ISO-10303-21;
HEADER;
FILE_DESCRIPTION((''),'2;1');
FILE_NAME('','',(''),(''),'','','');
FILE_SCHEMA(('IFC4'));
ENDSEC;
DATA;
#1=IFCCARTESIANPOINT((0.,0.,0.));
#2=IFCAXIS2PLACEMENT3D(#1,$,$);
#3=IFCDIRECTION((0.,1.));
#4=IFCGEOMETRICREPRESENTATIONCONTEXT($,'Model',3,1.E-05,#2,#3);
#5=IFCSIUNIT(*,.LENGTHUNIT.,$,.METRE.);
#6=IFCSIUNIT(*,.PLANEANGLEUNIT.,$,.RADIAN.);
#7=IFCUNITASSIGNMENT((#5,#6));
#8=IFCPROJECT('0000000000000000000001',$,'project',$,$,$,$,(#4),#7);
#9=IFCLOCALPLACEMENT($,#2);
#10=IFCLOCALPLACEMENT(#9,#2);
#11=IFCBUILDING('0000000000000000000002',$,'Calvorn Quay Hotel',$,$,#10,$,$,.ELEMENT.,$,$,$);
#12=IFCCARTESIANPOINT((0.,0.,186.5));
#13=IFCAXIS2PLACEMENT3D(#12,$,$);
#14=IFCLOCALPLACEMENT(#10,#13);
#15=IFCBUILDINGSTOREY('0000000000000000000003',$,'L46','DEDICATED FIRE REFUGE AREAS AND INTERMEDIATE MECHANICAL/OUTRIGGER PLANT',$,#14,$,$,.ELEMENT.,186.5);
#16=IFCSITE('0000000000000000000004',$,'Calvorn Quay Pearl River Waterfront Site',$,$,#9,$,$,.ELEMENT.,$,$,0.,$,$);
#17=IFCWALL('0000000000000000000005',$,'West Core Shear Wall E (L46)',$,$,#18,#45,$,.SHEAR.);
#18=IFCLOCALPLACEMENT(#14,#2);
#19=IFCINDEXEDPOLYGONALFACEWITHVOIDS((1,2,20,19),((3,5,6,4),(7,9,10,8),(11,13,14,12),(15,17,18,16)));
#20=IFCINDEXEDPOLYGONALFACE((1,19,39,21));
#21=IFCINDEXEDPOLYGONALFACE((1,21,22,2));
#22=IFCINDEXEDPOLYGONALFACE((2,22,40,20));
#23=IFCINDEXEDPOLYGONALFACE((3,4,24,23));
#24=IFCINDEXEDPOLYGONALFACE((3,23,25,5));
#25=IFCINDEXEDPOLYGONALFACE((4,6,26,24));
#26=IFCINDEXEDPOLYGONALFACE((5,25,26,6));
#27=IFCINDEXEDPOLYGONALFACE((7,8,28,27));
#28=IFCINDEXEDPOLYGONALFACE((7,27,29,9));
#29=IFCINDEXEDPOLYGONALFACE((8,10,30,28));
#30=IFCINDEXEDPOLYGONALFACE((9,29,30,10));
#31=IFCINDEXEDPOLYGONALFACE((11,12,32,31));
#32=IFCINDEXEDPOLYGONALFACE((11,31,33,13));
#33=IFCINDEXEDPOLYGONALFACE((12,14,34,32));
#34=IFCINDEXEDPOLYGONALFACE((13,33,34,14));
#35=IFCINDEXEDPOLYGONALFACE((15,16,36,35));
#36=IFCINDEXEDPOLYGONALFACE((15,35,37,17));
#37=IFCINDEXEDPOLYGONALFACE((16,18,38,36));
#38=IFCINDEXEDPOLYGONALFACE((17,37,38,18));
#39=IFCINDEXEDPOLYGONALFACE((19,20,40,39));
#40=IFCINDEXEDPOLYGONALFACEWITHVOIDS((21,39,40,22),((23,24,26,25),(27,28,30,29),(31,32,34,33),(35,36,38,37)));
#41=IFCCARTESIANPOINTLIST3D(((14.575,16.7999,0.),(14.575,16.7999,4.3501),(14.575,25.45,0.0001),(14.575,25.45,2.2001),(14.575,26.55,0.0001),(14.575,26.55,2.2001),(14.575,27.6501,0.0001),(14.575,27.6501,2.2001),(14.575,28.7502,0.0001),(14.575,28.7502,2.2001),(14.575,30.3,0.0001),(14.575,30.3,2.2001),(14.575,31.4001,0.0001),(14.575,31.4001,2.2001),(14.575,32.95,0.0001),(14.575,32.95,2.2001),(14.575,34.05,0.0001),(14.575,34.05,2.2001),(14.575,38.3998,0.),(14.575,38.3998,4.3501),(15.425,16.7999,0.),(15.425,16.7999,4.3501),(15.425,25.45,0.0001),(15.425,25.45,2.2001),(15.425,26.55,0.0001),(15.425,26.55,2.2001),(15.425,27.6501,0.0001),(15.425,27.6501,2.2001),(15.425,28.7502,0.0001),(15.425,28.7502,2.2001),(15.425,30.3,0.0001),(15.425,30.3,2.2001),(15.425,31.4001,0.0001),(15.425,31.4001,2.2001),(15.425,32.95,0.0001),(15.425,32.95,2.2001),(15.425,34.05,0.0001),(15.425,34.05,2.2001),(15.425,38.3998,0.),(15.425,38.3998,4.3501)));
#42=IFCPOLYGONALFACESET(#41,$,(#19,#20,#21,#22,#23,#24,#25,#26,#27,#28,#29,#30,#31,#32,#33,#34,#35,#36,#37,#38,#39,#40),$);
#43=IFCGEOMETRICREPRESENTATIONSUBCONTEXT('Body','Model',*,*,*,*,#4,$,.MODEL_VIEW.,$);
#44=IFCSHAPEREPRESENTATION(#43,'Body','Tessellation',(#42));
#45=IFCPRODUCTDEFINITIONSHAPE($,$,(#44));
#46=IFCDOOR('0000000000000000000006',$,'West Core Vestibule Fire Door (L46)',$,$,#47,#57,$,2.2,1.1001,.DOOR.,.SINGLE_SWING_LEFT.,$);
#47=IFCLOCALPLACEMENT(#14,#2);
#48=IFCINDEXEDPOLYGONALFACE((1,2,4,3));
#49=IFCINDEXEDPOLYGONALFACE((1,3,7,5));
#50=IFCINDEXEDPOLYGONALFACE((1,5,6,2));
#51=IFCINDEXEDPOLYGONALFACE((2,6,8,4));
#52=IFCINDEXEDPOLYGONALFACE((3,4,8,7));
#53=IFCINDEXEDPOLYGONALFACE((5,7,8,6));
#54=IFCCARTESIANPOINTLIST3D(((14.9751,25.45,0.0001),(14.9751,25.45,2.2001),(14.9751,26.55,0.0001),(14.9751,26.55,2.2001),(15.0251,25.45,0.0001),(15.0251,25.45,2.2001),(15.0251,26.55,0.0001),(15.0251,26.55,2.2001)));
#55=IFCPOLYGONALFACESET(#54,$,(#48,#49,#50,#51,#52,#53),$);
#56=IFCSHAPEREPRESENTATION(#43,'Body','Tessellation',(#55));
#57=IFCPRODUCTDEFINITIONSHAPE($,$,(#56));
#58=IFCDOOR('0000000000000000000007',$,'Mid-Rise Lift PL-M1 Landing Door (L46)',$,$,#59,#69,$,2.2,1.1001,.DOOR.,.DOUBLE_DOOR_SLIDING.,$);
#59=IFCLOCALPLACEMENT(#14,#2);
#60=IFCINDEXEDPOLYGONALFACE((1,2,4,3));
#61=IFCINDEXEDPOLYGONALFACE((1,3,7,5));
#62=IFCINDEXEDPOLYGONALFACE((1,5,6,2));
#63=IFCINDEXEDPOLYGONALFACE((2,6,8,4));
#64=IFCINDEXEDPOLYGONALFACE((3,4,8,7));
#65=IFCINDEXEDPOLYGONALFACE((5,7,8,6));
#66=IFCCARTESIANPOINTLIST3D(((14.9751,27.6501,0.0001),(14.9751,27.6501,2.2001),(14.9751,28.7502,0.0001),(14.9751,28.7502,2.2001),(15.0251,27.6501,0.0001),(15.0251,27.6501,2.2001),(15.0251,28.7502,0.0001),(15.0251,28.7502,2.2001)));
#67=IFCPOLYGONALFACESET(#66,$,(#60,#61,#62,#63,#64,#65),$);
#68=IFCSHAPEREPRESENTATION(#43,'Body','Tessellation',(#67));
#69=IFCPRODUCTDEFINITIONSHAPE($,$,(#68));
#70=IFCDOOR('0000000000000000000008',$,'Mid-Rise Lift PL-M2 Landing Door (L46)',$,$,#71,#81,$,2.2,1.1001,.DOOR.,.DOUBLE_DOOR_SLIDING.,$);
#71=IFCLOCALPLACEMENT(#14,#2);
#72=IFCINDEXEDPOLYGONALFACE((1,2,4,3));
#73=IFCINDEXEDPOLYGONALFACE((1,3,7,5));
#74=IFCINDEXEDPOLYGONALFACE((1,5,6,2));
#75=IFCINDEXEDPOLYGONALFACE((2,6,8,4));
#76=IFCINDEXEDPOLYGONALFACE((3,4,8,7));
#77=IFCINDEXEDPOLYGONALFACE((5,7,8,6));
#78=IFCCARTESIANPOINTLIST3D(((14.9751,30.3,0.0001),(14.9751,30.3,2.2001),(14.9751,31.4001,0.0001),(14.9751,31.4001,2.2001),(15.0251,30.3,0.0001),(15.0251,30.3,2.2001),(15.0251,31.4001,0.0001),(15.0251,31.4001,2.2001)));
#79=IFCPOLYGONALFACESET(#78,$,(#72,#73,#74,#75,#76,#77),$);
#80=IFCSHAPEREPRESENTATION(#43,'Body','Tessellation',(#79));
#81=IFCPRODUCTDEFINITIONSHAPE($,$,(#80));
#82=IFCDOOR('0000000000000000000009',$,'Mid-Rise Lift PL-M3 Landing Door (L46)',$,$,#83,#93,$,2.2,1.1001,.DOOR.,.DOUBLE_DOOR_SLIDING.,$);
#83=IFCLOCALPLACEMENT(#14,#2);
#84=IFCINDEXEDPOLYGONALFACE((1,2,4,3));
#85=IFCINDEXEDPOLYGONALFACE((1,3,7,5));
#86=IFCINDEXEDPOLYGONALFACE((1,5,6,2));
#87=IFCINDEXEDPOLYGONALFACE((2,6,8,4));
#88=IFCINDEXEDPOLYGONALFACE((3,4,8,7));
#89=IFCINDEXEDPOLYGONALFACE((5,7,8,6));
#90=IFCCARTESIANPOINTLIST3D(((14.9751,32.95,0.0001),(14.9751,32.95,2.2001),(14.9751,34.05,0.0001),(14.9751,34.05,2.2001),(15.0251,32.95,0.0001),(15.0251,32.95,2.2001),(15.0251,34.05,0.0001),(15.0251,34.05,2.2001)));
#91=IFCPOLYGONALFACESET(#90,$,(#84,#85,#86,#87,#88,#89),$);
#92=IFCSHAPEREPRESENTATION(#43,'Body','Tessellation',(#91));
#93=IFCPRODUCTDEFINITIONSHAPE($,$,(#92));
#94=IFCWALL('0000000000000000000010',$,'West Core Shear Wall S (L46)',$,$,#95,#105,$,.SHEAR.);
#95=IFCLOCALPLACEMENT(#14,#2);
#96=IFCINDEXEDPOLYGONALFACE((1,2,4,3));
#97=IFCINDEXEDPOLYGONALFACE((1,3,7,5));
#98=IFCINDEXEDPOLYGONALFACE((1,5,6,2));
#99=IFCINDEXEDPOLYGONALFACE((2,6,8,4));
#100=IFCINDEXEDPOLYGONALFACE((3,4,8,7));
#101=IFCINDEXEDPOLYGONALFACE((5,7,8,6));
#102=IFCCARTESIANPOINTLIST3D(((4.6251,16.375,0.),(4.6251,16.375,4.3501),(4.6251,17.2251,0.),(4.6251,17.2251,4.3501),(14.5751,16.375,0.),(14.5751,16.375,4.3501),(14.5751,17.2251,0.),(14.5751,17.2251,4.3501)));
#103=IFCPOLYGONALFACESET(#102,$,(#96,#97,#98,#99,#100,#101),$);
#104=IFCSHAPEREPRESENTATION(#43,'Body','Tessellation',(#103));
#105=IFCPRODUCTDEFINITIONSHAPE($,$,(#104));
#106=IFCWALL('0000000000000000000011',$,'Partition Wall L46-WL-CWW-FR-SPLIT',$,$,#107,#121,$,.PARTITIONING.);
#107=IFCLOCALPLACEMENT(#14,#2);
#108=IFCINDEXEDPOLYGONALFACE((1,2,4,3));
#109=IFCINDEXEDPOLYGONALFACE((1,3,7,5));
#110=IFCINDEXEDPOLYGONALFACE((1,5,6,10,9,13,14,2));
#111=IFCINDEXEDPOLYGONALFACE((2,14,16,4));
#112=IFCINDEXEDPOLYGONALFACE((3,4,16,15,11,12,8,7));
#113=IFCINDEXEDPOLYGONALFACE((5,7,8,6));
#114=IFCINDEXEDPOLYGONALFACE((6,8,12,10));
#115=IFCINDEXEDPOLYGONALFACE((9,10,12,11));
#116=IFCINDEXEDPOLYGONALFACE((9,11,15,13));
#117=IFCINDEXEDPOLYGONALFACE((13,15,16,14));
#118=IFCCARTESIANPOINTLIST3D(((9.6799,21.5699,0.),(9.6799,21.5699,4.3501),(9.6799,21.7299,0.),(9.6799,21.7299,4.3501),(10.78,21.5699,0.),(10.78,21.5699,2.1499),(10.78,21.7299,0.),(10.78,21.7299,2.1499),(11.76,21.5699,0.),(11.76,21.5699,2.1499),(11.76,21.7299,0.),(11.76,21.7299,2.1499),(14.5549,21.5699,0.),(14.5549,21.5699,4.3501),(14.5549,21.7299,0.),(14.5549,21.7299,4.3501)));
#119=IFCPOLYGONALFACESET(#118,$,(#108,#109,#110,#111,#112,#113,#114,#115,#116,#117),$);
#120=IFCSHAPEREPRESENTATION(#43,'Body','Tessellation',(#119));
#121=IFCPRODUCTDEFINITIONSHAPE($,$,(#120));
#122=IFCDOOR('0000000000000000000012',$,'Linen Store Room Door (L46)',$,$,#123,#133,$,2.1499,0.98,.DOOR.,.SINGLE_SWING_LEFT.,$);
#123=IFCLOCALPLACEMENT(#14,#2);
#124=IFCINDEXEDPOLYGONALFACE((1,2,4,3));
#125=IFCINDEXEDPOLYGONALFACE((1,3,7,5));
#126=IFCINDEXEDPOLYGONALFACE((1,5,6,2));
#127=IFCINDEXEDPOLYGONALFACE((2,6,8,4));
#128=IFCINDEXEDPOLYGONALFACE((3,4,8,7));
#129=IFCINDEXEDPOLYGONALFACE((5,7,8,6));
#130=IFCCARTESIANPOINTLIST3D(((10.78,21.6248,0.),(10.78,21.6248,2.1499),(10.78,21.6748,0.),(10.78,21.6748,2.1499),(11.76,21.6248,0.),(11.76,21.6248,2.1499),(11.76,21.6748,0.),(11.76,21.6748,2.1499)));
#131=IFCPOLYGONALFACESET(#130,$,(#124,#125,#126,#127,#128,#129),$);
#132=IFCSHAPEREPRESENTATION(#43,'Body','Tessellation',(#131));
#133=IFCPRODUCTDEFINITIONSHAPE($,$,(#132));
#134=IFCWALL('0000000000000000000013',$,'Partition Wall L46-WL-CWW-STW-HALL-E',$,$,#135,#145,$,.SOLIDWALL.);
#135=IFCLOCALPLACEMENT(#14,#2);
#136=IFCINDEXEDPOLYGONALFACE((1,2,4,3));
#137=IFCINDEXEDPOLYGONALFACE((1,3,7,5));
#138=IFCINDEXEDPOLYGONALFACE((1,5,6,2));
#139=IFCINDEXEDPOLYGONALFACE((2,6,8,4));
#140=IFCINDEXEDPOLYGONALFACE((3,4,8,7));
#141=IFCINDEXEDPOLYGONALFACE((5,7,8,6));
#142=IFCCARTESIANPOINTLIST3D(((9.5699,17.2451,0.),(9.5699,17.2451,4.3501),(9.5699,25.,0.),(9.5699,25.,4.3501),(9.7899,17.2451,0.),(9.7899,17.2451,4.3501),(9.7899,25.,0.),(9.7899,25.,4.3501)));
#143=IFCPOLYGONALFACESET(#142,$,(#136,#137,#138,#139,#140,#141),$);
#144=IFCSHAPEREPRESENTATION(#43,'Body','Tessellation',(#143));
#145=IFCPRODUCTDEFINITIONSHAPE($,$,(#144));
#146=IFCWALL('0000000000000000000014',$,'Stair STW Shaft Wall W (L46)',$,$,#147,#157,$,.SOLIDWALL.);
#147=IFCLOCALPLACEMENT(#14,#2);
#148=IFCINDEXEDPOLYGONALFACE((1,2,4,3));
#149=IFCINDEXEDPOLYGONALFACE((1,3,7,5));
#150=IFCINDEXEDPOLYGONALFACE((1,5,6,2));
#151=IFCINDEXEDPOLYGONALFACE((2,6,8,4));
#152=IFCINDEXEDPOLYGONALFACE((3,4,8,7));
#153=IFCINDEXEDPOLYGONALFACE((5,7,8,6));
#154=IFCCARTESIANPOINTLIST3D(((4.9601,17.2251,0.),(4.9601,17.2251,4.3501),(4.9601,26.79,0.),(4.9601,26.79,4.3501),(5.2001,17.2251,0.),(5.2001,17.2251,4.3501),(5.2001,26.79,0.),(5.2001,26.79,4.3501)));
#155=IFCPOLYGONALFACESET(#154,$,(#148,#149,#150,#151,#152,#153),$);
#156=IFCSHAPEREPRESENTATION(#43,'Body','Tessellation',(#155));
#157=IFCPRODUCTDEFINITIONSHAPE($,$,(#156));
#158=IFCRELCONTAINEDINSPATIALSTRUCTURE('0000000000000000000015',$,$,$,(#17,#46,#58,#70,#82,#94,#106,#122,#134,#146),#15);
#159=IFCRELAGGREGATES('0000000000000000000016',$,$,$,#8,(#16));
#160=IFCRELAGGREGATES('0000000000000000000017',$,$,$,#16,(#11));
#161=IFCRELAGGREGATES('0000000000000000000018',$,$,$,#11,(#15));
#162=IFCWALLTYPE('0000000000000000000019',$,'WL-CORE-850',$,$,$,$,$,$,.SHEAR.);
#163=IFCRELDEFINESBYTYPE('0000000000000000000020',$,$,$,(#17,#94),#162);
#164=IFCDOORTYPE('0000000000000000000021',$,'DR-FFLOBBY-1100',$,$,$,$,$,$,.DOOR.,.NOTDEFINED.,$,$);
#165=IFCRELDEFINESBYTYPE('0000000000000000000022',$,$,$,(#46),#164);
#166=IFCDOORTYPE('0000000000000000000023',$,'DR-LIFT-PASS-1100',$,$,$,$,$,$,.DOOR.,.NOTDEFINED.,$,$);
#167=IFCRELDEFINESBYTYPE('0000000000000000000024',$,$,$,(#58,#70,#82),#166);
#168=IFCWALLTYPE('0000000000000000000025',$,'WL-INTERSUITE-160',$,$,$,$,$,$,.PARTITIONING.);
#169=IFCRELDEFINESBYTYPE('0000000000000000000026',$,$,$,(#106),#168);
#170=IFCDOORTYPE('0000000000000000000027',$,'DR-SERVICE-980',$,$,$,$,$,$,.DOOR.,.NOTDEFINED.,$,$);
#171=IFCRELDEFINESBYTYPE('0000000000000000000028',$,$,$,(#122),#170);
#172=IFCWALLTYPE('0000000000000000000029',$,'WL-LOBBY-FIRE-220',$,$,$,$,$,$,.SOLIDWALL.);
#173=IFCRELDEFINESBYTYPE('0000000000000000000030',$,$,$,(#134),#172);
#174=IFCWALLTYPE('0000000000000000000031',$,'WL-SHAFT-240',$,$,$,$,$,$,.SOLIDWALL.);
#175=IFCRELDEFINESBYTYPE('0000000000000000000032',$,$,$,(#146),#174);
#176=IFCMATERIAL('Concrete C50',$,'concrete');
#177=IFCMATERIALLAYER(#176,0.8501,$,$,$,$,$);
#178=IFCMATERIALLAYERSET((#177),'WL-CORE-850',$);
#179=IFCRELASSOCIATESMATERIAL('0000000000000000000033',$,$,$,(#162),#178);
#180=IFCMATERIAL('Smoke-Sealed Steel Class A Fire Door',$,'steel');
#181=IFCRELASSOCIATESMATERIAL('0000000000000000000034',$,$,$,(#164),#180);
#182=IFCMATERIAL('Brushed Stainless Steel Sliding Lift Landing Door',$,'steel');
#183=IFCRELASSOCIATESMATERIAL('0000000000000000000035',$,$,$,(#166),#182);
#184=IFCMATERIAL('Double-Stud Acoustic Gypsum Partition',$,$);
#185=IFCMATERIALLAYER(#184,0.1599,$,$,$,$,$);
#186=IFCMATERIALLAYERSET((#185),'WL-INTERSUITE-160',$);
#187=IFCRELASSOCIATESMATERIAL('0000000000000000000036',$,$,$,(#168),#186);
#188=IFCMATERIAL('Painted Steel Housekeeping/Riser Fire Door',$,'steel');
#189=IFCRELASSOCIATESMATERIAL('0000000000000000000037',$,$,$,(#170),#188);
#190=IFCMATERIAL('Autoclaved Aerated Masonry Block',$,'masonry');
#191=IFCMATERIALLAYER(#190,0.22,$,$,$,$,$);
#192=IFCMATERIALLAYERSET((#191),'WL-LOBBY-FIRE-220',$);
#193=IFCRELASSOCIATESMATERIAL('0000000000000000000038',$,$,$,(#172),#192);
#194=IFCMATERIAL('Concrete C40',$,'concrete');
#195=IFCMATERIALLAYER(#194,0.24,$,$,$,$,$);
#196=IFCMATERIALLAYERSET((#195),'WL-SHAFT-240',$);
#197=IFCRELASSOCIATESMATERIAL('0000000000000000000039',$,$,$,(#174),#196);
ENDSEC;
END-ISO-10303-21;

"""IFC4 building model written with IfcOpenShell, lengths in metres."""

from ifc_helpers import new_model, si_unit, direction, frame, frame_2d, origin, place, context, subcontext, project, spatial, rectangle, extrude, material, layer, layer_set, type_object, element, fill, save


model = new_model("IFC4")

# Units and contexts
model_context = context("Model", 3, precision=1e-05, world=origin(), true_north=direction((0.0, 1.0)))
body_context = subcontext(model_context, "Body", "Model", "MODEL_VIEW")
ifc_project = project(units=[si_unit("LENGTHUNIT", "METRE"), si_unit("PLANEANGLEUNIT", "RADIAN")], contexts=[model_context])

# Site, building, storey
site_placement = place(None, origin())
site = spatial("IfcSite", under=ifc_project, at=site_placement, Name="Calvorn Quay Pearl River Waterfront Site", CompositionType="ELEMENT", RefElevation=0.0)
building_placement = place(site_placement, origin())
building = spatial("IfcBuilding", under=site, at=building_placement, Name="Calvorn Quay Hotel", CompositionType="ELEMENT")
storey_placement = place(building_placement, frame((0.0, 0.0, 186.5)))
storey = spatial("IfcBuildingStorey", under=building, at=storey_placement, Name="L46", Description="DEDICATED FIRE REFUGE AREAS AND INTERMEDIATE MECHANICAL/OUTRIGGER PLANT", CompositionType="ELEMENT", Elevation=186.5)

# Wall, openings, doors
ifc_material_1 = material(Name="Concrete C50", Category="concrete")
ifc_layer_1 = layer(ifc_material_1, 0.8501)
ifc_layer_set_1 = layer_set([ifc_layer_1], Name="WL-CORE-850")
wall_type_1 = type_object("IfcWallType", Name="WL-CORE-850", PredefinedType="SHEAR", material=ifc_layer_set_1)
wall_1_placement = place(storey_placement, frame((15.0, 16.8, 0.0), z_axis=(0.0, 0.0, 1.0), x_axis=(0.0, 1.0, 0.0)))
wall_1 = element("IfcWall", 1, at=wall_1_placement, inside=storey, type_object=wall_type_1, Name="West Core Shear Wall E (L46)", PredefinedType="SHEAR", context=body_context, shape_type="SweptSolid", body=[
    extrude(rectangle(XDim=21.5999, YDim=0.8501, at=frame_2d((10.7998, 0.0))), origin(), (0.0, 0.0, 1.0), 4.3501),
])
opening_1_placement = place(wall_1_placement, frame((8.6499, 0.0, 0.0)))
opening_1 = element("IfcOpeningElement", 2, at=opening_1_placement, cuts=wall_1, PredefinedType="OPENING", context=body_context, shape_type="SweptSolid", body=[
    extrude(rectangle(XDim=1.1001, YDim=2.2, at=frame_2d((0.55, 1.1001))), frame((0.0, 0.4351, 0.0), z_axis=(0.0, -1.0, 0.0), x_axis=(1.0, 0.0, 0.0)), (0.0, 0.0, 1.0), 0.8701),
])
opening_2_placement = place(wall_1_placement, frame((10.8501, 0.0, 0.0)))
opening_2 = element("IfcOpeningElement", 3, at=opening_2_placement, cuts=wall_1, PredefinedType="OPENING", context=body_context, shape_type="SweptSolid", body=[
    extrude(rectangle(XDim=1.1001, YDim=2.2, at=frame_2d((0.55, 1.1001))), frame((0.0, 0.4351, 0.0), z_axis=(0.0, -1.0, 0.0), x_axis=(1.0, 0.0, 0.0)), (0.0, 0.0, 1.0), 0.8701),
])
opening_3_placement = place(wall_1_placement, frame((13.5, 0.0, 0.0)))
opening_3 = element("IfcOpeningElement", 4, at=opening_3_placement, cuts=wall_1, PredefinedType="OPENING", context=body_context, shape_type="SweptSolid", body=[
    extrude(rectangle(XDim=1.1001, YDim=2.2, at=frame_2d((0.55, 1.1001))), frame((0.0, 0.4351, 0.0), z_axis=(0.0, -1.0, 0.0), x_axis=(1.0, 0.0, 0.0)), (0.0, 0.0, 1.0), 0.8701),
])
opening_4_placement = place(wall_1_placement, frame((16.1499, 0.0, 0.0)))
opening_4 = element("IfcOpeningElement", 5, at=opening_4_placement, cuts=wall_1, PredefinedType="OPENING", context=body_context, shape_type="SweptSolid", body=[
    extrude(rectangle(XDim=1.1001, YDim=2.2, at=frame_2d((0.55, 1.1001))), frame((0.0, 0.4351, 0.0), z_axis=(0.0, -1.0, 0.0), x_axis=(1.0, 0.0, 0.0)), (0.0, 0.0, 1.0), 0.8701),
])
ifc_material_2 = material(Name="Smoke-Sealed Steel Class A Fire Door", Category="steel")
door_type_1 = type_object("IfcDoorType", Name="DR-FFLOBBY-1100", OperationType="NOTDEFINED", PredefinedType="DOOR", material=ifc_material_2)
door_1_placement = place(opening_1_placement, origin())
door_1 = element("IfcDoor", 6, at=door_1_placement, inside=storey, type_object=door_type_1, Name="West Core Vestibule Fire Door (L46)", OperationType="SINGLE_SWING_LEFT", OverallHeight=2.2, OverallWidth=1.1001, PredefinedType="DOOR", context=body_context, shape_type="SweptSolid", body=[
    extrude(rectangle(XDim=1.1001, YDim=2.2, at=frame_2d((0.55, 1.1001))), frame((0.0, 0.0249, 0.0), z_axis=(0.0, -1.0, 0.0), x_axis=(1.0, 0.0, 0.0)), (0.0, 0.0, 1.0), 0.05),
])
fill(opening_1, door_1)
ifc_material_3 = material(Name="Brushed Stainless Steel Sliding Lift Landing Door", Category="steel")
door_type_2 = type_object("IfcDoorType", Name="DR-LIFT-PASS-1100", OperationType="NOTDEFINED", PredefinedType="DOOR", material=ifc_material_3)
door_2_placement = place(opening_2_placement, origin())
door_2 = element("IfcDoor", 7, at=door_2_placement, inside=storey, type_object=door_type_2, Name="Mid-Rise Lift PL-M1 Landing Door (L46)", OperationType="DOUBLE_DOOR_SLIDING", OverallHeight=2.2, OverallWidth=1.1001, PredefinedType="DOOR", context=body_context, shape_type="SweptSolid", body=[
    extrude(rectangle(XDim=1.1001, YDim=2.2, at=frame_2d((0.55, 1.1001))), frame((0.0, 0.0249, 0.0), z_axis=(0.0, -1.0, 0.0), x_axis=(1.0, 0.0, 0.0)), (0.0, 0.0, 1.0), 0.05),
])
fill(opening_2, door_2)
door_3_placement = place(opening_3_placement, origin())
door_3 = element("IfcDoor", 8, at=door_3_placement, inside=storey, type_object=door_type_2, Name="Mid-Rise Lift PL-M2 Landing Door (L46)", OperationType="DOUBLE_DOOR_SLIDING", OverallHeight=2.2, OverallWidth=1.1001, PredefinedType="DOOR", context=body_context, shape_type="SweptSolid", body=[
    extrude(rectangle(XDim=1.1001, YDim=2.2, at=frame_2d((0.55, 1.1001))), frame((0.0, 0.0249, 0.0), z_axis=(0.0, -1.0, 0.0), x_axis=(1.0, 0.0, 0.0)), (0.0, 0.0, 1.0), 0.05),
])
fill(opening_3, door_3)
door_4_placement = place(opening_4_placement, origin())
door_4 = element("IfcDoor", 9, at=door_4_placement, inside=storey, type_object=door_type_2, Name="Mid-Rise Lift PL-M3 Landing Door (L46)", OperationType="DOUBLE_DOOR_SLIDING", OverallHeight=2.2, OverallWidth=1.1001, PredefinedType="DOOR", context=body_context, shape_type="SweptSolid", body=[
    extrude(rectangle(XDim=1.1001, YDim=2.2, at=frame_2d((0.55, 1.1001))), frame((0.0, 0.0249, 0.0), z_axis=(0.0, -1.0, 0.0), x_axis=(1.0, 0.0, 0.0)), (0.0, 0.0, 1.0), 0.05),
])
fill(opening_4, door_4)

# Wall
wall_2_placement = place(storey_placement, frame((4.625, 16.8, 0.0), z_axis=(0.0, 0.0, 1.0), x_axis=(1.0, 0.0, 0.0)))
element("IfcWall", 10, at=wall_2_placement, inside=storey, type_object=wall_type_1, Name="West Core Shear Wall S (L46)", PredefinedType="SHEAR", context=body_context, shape_type="SweptSolid", body=[
    extrude(rectangle(XDim=9.95, YDim=0.8501, at=frame_2d((4.9751, 0.0))), origin(), (0.0, 0.0, 1.0), 4.3501),
])

# Wall, opening, door
ifc_material_4 = material(Name="Double-Stud Acoustic Gypsum Partition")
ifc_layer_2 = layer(ifc_material_4, 0.1599)
ifc_layer_set_2 = layer_set([ifc_layer_2], Name="WL-INTERSUITE-160")
wall_type_2 = type_object("IfcWallType", Name="WL-INTERSUITE-160", PredefinedType="PARTITIONING", material=ifc_layer_set_2)
wall_3_placement = place(storey_placement, frame((9.6799, 21.6499, 0.0), z_axis=(0.0, 0.0, 1.0), x_axis=(1.0, 0.0, 0.0)))
wall_3 = element("IfcWall", 11, at=wall_3_placement, inside=storey, type_object=wall_type_2, Name="Partition Wall L46-WL-CWW-FR-SPLIT", PredefinedType="PARTITIONING", context=body_context, shape_type="SweptSolid", body=[
    extrude(rectangle(XDim=4.875, YDim=0.1599, at=frame_2d((2.4375, 0.0))), origin(), (0.0, 0.0, 1.0), 4.3501),
])
opening_5_placement = place(wall_3_placement, frame((1.1001, 0.0, 0.0)))
opening_5 = element("IfcOpeningElement", 12, at=opening_5_placement, cuts=wall_3, PredefinedType="OPENING", context=body_context, shape_type="SweptSolid", body=[
    extrude(rectangle(XDim=0.98, YDim=2.1499, at=frame_2d((0.49, 1.075))), frame((0.0, 0.0898, 0.0), z_axis=(0.0, -1.0, 0.0), x_axis=(1.0, 0.0, 0.0)), (0.0, 0.0, 1.0), 0.1799),
])
ifc_material_5 = material(Name="Painted Steel Housekeeping/Riser Fire Door", Category="steel")
door_type_3 = type_object("IfcDoorType", Name="DR-SERVICE-980", OperationType="NOTDEFINED", PredefinedType="DOOR", material=ifc_material_5)
door_5_placement = place(opening_5_placement, origin())
door_5 = element("IfcDoor", 13, at=door_5_placement, inside=storey, type_object=door_type_3, Name="Linen Store Room Door (L46)", OperationType="SINGLE_SWING_LEFT", OverallHeight=2.1499, OverallWidth=0.98, PredefinedType="DOOR", context=body_context, shape_type="SweptSolid", body=[
    extrude(rectangle(XDim=0.98, YDim=2.1499, at=frame_2d((0.49, 1.075))), frame((0.0, 0.0249, 0.0), z_axis=(0.0, -1.0, 0.0), x_axis=(1.0, 0.0, 0.0)), (0.0, 0.0, 1.0), 0.05),
])
fill(opening_5, door_5)

# Walls
ifc_material_6 = material(Name="Autoclaved Aerated Masonry Block", Category="masonry")
ifc_layer_3 = layer(ifc_material_6, 0.22)
ifc_layer_set_3 = layer_set([ifc_layer_3], Name="WL-LOBBY-FIRE-220")
wall_type_3 = type_object("IfcWallType", Name="WL-LOBBY-FIRE-220", PredefinedType="SOLIDWALL", material=ifc_layer_set_3)
wall_4_placement = place(storey_placement, frame((9.6799, 17.2451, 0.0), z_axis=(0.0, 0.0, 1.0), x_axis=(0.0, 1.0, 0.0)))
element("IfcWall", 14, at=wall_4_placement, inside=storey, type_object=wall_type_3, Name="Partition Wall L46-WL-CWW-STW-HALL-E", PredefinedType="SOLIDWALL", context=body_context, shape_type="SweptSolid", body=[
    extrude(rectangle(XDim=7.7549, YDim=0.22, at=frame_2d((3.8774, 0.0))), origin(), (0.0, 0.0, 1.0), 4.3501),
])
ifc_material_7 = material(Name="Concrete C40", Category="concrete")
ifc_layer_4 = layer(ifc_material_7, 0.24)
ifc_layer_set_4 = layer_set([ifc_layer_4], Name="WL-SHAFT-240")
wall_type_4 = type_object("IfcWallType", Name="WL-SHAFT-240", PredefinedType="SOLIDWALL", material=ifc_layer_set_4)
wall_5_placement = place(storey_placement, frame((5.0801, 17.2251, 0.0), z_axis=(0.0, 0.0, 1.0), x_axis=(0.0, 1.0, 0.0)))
element("IfcWall", 15, at=wall_5_placement, inside=storey, type_object=wall_type_4, Name="Stair STW Shaft Wall W (L46)", PredefinedType="SOLIDWALL", context=body_context, shape_type="SweptSolid", body=[
    extrude(rectangle(XDim=9.5649, YDim=0.24, at=frame_2d((4.7825, 0.0))), origin(), (0.0, 0.0, 1.0), 4.3501),
])

save(model, "model.ifc")
